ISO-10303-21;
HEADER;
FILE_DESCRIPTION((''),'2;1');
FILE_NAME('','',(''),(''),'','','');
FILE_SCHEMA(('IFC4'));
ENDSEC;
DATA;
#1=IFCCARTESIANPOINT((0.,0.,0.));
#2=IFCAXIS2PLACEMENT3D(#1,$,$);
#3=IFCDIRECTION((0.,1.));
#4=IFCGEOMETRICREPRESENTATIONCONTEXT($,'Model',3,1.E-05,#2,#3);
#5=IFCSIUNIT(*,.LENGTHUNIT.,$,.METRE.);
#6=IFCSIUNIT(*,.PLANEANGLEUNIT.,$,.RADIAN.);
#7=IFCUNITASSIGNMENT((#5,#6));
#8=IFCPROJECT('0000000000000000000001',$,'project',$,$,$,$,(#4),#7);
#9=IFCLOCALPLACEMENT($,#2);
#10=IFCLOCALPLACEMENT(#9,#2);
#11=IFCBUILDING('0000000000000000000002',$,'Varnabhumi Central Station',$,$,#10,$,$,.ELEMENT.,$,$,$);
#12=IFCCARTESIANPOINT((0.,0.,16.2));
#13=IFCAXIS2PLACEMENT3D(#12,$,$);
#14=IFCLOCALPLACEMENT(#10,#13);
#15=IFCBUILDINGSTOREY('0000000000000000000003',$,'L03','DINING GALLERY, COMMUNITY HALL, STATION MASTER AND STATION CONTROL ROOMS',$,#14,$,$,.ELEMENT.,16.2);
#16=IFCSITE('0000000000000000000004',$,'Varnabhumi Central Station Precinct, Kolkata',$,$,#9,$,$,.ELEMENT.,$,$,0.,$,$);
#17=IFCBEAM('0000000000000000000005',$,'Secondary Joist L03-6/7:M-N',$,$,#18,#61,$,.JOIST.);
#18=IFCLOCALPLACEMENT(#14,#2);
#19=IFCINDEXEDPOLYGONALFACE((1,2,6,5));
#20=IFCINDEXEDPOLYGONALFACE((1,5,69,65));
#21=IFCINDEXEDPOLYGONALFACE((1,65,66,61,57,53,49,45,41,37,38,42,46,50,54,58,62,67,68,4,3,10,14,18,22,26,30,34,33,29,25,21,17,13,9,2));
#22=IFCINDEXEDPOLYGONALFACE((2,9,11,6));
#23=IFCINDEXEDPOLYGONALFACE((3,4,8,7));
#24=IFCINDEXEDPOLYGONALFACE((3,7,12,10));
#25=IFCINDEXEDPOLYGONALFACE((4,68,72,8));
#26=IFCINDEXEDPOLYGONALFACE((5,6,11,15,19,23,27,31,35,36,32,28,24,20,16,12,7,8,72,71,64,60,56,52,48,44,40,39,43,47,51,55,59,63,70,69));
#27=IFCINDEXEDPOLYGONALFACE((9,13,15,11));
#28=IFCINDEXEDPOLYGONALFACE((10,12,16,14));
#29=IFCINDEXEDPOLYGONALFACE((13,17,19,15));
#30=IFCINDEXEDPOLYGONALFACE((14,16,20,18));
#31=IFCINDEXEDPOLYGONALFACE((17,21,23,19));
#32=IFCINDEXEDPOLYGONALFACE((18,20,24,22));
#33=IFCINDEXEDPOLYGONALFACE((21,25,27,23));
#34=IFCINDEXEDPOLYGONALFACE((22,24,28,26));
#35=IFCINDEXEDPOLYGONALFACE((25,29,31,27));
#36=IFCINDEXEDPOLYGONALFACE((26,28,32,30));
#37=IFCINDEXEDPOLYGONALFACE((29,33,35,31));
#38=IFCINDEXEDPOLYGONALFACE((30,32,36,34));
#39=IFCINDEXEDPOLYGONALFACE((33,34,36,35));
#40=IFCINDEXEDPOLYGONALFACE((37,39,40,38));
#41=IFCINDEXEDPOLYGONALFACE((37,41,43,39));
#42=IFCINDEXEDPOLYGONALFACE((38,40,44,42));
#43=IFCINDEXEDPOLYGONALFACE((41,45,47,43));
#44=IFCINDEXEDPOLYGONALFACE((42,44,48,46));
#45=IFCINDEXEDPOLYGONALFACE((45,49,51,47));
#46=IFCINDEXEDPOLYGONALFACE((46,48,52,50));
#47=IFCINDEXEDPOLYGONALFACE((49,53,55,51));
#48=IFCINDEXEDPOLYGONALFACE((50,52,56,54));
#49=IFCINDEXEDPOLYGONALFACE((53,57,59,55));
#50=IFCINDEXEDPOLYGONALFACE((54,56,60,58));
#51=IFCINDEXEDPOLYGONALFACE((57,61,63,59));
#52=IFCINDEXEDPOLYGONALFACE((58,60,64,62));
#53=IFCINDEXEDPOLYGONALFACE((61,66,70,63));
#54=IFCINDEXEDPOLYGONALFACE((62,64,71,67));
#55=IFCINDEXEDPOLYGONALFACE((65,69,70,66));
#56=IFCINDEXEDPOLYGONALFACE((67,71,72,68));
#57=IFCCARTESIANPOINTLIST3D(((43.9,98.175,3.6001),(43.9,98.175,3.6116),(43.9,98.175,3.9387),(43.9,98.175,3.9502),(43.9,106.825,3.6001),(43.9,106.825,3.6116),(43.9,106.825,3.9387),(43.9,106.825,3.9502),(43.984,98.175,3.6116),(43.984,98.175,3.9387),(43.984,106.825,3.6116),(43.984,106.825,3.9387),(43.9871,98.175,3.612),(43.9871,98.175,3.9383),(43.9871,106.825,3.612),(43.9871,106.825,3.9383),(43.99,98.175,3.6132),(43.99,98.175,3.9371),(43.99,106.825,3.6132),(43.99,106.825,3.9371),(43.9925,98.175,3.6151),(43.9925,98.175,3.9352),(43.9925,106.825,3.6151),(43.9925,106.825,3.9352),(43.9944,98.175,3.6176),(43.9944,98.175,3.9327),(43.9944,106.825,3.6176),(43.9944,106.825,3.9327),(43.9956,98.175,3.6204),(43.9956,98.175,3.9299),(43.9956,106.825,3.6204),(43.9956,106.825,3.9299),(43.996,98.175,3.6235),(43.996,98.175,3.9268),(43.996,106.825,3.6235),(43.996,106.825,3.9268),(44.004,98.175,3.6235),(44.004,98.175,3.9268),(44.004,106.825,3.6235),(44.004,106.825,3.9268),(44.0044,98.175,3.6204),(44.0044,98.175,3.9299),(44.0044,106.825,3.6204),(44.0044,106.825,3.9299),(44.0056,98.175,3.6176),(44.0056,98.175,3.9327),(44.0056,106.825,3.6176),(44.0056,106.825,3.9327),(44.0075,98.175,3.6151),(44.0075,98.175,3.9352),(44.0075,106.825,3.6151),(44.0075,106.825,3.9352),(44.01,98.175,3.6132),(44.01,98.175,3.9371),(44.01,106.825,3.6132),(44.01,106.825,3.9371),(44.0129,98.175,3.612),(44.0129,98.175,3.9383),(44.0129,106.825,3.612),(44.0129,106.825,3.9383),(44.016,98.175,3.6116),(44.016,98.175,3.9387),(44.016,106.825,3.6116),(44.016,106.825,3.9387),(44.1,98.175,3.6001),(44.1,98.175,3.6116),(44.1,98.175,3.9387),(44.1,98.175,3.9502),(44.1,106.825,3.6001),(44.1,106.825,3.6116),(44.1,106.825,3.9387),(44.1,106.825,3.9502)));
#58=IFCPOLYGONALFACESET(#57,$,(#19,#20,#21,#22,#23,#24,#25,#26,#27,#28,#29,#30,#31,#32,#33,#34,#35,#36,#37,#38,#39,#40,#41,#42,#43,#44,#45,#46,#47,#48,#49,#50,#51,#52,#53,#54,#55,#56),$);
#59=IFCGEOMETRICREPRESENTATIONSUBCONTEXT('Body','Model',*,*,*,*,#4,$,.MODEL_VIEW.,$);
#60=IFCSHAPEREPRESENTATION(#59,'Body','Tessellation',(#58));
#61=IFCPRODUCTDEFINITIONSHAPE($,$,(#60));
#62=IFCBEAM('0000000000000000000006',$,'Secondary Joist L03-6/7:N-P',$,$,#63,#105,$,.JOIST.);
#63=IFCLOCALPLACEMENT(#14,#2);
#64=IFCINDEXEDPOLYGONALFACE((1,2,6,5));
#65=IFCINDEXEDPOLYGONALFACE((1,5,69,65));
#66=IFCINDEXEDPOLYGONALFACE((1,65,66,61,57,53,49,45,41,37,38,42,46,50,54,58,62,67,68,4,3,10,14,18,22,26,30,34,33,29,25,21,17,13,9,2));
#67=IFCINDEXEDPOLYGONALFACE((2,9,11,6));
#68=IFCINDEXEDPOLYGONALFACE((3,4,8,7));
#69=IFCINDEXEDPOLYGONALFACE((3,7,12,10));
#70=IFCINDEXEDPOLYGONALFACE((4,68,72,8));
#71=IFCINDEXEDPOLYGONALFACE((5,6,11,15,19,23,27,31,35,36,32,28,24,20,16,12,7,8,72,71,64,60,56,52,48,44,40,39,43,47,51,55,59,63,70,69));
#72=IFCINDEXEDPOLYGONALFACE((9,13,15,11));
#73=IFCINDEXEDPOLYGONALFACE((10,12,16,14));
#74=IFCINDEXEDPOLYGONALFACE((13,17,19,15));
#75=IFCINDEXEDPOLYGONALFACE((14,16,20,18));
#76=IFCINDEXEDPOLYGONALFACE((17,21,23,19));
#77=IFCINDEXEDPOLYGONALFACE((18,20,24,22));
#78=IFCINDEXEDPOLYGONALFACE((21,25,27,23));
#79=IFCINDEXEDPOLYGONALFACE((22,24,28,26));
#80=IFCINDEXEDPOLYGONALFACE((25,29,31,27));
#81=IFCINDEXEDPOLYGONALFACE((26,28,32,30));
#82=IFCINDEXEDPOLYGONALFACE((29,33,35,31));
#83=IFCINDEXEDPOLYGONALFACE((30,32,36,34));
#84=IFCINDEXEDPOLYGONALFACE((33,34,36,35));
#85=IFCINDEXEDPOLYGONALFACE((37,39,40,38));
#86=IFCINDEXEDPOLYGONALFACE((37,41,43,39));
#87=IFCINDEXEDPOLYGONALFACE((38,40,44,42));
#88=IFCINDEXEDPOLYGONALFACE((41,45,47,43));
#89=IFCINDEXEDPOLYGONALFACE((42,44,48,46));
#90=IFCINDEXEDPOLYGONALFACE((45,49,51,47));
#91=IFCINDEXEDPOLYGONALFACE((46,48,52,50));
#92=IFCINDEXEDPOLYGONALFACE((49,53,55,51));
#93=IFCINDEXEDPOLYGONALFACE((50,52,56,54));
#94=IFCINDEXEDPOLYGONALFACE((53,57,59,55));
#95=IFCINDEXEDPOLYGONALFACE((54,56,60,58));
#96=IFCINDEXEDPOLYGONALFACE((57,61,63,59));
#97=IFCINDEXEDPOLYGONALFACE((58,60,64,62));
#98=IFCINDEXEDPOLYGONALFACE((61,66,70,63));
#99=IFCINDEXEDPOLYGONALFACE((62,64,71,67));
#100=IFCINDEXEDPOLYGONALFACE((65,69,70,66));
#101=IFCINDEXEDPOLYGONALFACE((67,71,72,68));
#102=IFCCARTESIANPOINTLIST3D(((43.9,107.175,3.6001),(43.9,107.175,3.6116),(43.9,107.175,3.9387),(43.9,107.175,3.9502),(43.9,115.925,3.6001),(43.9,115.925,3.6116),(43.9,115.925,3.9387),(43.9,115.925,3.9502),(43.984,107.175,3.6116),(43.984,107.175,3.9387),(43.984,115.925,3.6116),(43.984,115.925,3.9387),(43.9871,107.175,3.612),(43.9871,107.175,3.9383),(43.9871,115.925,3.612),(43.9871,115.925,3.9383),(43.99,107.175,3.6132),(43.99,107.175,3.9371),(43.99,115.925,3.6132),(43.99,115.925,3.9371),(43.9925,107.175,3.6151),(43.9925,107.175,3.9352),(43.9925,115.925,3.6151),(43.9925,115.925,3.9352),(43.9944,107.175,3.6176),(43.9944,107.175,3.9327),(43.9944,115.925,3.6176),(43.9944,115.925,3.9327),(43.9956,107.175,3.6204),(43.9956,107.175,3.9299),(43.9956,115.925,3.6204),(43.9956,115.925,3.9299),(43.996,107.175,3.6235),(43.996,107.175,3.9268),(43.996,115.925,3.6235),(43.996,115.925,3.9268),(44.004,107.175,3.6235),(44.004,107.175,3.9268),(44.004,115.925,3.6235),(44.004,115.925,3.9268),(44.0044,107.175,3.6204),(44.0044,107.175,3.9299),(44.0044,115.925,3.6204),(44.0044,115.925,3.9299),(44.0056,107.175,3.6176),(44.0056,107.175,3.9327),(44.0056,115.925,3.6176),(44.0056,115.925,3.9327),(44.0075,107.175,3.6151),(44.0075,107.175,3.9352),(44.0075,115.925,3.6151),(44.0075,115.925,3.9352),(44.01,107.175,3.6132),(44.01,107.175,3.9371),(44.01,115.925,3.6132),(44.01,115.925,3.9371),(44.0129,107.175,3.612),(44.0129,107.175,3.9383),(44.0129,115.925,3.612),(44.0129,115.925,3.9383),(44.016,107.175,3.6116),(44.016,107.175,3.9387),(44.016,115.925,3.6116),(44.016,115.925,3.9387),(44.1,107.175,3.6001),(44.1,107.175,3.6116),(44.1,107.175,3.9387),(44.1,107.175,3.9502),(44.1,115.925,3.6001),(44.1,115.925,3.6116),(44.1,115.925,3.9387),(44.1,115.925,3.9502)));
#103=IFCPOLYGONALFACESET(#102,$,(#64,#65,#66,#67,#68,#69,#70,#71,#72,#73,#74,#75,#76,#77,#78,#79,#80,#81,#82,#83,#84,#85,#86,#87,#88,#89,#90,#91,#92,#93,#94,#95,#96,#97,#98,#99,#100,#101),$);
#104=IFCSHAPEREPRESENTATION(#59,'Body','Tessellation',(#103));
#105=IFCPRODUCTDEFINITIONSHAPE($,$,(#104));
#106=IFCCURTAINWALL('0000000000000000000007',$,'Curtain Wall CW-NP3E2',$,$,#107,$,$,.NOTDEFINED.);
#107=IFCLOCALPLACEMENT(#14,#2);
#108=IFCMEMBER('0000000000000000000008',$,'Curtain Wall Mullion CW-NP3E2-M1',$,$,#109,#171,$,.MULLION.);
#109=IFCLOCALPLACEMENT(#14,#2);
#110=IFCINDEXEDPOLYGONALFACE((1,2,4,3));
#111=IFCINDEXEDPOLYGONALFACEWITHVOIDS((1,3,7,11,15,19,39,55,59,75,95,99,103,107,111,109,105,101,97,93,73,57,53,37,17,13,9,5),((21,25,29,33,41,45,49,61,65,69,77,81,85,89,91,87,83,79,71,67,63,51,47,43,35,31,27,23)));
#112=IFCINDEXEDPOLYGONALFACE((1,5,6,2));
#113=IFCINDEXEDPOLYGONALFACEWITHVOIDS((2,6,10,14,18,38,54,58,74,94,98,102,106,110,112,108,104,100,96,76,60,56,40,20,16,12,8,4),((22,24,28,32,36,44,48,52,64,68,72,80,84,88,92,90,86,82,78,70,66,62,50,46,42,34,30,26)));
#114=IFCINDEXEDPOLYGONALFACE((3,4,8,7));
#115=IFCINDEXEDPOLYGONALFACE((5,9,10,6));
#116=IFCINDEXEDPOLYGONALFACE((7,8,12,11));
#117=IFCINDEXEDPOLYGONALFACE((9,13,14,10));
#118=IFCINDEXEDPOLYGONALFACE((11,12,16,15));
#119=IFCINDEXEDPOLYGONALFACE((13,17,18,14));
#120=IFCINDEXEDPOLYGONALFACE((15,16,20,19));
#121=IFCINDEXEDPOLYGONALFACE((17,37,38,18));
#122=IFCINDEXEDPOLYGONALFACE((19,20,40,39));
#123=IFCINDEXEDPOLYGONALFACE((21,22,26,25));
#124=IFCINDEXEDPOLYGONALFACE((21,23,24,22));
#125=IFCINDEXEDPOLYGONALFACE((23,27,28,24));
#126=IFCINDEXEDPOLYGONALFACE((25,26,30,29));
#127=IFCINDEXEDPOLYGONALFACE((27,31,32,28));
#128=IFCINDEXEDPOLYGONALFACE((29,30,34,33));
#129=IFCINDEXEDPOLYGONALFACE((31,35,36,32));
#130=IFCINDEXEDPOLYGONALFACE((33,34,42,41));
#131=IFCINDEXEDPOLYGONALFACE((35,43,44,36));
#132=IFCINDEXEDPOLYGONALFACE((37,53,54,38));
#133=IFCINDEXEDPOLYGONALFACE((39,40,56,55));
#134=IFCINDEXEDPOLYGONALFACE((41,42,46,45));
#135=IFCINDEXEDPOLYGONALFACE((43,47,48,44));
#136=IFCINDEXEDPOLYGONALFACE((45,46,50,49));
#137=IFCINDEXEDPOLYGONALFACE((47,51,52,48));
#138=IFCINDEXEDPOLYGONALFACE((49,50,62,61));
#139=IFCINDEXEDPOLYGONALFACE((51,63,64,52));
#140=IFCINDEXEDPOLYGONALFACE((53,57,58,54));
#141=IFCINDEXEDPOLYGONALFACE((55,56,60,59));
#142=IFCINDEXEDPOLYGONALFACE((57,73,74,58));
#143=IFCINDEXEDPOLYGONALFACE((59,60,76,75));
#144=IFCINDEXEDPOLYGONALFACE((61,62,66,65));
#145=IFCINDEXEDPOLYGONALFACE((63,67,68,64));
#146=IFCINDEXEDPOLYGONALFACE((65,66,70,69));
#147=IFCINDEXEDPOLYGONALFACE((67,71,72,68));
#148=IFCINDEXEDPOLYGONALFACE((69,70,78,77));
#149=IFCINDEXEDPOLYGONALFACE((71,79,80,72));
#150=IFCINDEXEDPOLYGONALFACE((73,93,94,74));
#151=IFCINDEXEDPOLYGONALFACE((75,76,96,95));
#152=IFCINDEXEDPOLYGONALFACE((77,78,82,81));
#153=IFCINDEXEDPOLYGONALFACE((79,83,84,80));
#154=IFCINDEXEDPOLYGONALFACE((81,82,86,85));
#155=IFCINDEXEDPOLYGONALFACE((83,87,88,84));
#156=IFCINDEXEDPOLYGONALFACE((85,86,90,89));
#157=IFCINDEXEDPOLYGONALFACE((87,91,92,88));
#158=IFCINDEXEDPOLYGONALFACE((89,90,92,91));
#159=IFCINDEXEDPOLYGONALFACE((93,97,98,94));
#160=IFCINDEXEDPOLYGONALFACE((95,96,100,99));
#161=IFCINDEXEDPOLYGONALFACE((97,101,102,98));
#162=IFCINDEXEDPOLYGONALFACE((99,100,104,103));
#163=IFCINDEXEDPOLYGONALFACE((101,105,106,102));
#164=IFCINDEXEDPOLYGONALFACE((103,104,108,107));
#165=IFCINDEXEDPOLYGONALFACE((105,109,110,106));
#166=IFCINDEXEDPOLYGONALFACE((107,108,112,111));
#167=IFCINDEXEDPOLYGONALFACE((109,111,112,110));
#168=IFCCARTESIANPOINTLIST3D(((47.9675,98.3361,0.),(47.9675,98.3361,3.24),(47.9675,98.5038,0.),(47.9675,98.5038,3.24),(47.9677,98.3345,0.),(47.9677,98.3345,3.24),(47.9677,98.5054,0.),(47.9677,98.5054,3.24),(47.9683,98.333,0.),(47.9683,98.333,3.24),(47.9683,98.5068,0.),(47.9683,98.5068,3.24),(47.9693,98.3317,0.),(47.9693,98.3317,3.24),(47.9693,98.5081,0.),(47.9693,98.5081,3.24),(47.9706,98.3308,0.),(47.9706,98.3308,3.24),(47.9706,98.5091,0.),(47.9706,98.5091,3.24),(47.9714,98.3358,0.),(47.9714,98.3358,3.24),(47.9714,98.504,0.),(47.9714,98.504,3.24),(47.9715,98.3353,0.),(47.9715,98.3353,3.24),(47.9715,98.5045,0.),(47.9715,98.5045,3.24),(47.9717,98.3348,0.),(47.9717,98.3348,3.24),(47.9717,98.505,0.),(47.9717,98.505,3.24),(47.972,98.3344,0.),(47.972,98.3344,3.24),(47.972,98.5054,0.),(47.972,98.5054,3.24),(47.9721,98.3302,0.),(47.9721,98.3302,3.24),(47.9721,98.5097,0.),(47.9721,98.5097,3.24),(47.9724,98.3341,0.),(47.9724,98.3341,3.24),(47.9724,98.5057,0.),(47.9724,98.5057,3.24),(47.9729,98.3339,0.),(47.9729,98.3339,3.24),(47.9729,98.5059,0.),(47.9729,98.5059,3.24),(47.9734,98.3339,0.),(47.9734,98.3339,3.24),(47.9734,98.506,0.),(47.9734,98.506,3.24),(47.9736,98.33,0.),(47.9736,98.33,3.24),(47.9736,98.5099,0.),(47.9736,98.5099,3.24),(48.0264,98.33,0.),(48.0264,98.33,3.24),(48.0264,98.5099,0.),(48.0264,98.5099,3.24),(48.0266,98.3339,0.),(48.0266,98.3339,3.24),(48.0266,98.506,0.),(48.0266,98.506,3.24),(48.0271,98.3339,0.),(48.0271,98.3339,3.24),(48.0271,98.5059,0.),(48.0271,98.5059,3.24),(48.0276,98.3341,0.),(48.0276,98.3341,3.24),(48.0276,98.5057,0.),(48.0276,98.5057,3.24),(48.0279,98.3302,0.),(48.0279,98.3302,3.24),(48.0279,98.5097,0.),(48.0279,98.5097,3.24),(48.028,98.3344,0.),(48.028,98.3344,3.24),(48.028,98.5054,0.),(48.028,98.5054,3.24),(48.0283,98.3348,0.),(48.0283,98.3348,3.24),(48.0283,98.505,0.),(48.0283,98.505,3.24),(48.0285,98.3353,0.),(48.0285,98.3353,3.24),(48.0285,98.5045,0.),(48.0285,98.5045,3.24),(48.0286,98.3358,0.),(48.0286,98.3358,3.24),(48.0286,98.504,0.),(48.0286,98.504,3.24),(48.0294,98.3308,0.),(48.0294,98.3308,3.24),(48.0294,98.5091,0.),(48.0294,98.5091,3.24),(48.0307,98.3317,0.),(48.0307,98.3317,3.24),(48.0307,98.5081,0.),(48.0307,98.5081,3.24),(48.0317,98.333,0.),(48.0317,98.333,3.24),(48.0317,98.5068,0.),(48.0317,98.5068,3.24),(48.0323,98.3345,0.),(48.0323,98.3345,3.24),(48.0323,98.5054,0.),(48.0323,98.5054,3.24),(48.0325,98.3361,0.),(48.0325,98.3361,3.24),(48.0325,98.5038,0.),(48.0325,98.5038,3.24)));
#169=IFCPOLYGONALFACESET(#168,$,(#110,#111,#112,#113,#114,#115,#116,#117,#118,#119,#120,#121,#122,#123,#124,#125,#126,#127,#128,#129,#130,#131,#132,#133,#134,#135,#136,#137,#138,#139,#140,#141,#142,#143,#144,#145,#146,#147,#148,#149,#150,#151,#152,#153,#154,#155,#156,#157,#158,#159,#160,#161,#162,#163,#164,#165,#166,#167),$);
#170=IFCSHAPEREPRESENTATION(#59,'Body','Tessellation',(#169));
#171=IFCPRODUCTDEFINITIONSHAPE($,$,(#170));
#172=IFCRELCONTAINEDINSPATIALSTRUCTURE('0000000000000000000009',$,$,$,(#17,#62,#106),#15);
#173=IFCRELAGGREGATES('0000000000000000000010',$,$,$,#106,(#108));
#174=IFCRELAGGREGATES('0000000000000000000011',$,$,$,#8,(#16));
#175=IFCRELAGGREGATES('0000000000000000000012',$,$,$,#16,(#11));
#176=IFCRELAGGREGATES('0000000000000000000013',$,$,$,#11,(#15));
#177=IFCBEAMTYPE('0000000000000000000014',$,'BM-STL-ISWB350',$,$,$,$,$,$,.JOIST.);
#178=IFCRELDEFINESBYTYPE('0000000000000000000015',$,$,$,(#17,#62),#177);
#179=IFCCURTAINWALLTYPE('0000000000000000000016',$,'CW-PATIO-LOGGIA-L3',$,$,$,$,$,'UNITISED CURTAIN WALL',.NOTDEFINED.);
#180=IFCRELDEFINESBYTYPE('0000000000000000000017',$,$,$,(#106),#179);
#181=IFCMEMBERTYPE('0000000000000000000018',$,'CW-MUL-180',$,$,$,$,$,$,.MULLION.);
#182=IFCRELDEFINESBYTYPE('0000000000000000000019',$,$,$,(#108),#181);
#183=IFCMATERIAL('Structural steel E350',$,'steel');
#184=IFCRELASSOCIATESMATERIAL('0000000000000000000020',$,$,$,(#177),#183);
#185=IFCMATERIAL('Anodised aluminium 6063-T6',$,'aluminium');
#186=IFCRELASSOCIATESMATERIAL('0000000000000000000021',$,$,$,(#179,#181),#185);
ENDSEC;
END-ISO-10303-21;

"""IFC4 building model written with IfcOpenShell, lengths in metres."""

from ifc_helpers import new_model, si_unit, direction, frame, origin, origin_2d, place, context, subcontext, project, spatial, hollow_rectangle, i_section, extrude, material, material_profile, profile_set, type_object, element, aggregate, save


model = new_model("IFC4")

# Units and contexts
model_context = context("Model", 3, precision=1e-05, world=origin(), true_north=direction((0.0, 1.0)))
body_context = subcontext(model_context, "Body", "Model", "MODEL_VIEW")
ifc_project = project(units=[si_unit("LENGTHUNIT", "METRE"), si_unit("PLANEANGLEUNIT", "RADIAN")], contexts=[model_context])

# Site, building, storey
site_placement = place(None, origin())
site = spatial("IfcSite", under=ifc_project, at=site_placement, Name="Varnabhumi Central Station Precinct, Kolkata", CompositionType="ELEMENT", RefElevation=0.0)
building_placement = place(site_placement, origin())
building = spatial("IfcBuilding", under=site, at=building_placement, Name="Varnabhumi Central Station", CompositionType="ELEMENT")
storey_placement = place(building_placement, frame((0.0, 0.0, 16.2)))
storey = spatial("IfcBuildingStorey", under=building, at=storey_placement, Name="L03", Description="DINING GALLERY, COMMUNITY HALL, STATION MASTER AND STATION CONTROL ROOMS", CompositionType="ELEMENT", Elevation=16.2)

# Beams
ifc_material_1 = material(Name="Structural steel E350", Category="steel")
ifc_material_profile_1 = material_profile(ifc_material_1, i_section(OverallWidth=0.2, OverallDepth=0.3501, WebThickness=0.0081, FlangeThickness=0.0115, FilletRadius=0.012, at=origin_2d()), Name="Structural steel E350", Category="steel")
ifc_profile_set_1 = profile_set([ifc_material_profile_1], Name="Structural steel E350")
beam_type_1 = type_object("IfcBeamType", Name="BM-STL-ISWB350", PredefinedType="JOIST", material=ifc_profile_set_1)
beam_1_placement = place(storey_placement, frame((44.0, 98.175, 3.7751), z_axis=(0.0, 1.0, 0.0), x_axis=(-1.0, 0.0, 0.0)))
element("IfcBeam", 1, at=beam_1_placement, inside=storey, type_object=beam_type_1, Name="Secondary Joist L03-6/7:M-N", PredefinedType="JOIST", context=body_context, shape_type="SweptSolid", body=[
    extrude(i_section(OverallWidth=0.2, OverallDepth=0.3501, WebThickness=0.0081, FlangeThickness=0.0115, FilletRadius=0.012, at=origin_2d()), origin(), (0.0, 0.0, 1.0), 8.6499),
])
beam_2_placement = place(storey_placement, frame((44.0, 107.175, 3.7751), z_axis=(0.0, 1.0, 0.0), x_axis=(-1.0, 0.0, 0.0)))
element("IfcBeam", 2, at=beam_2_placement, inside=storey, type_object=beam_type_1, Name="Secondary Joist L03-6/7:N-P", PredefinedType="JOIST", context=body_context, shape_type="SweptSolid", body=[
    extrude(i_section(OverallWidth=0.2, OverallDepth=0.3501, WebThickness=0.0081, FlangeThickness=0.0115, FilletRadius=0.012, at=origin_2d()), origin(), (0.0, 0.0, 1.0), 8.75),
])

# Curtain wall, member
ifc_material_2 = material(Name="Anodised aluminium 6063-T6", Category="aluminium")
curtain_wall_type = type_object("IfcCurtainWallType", Name="CW-PATIO-LOGGIA-L3", ElementType="UNITISED CURTAIN WALL", PredefinedType="NOTDEFINED", material=ifc_material_2)
curtain_wall_placement = place(storey_placement, origin())
curtain_wall = element("IfcCurtainWall", 3, at=curtain_wall_placement, inside=storey, type_object=curtain_wall_type, Name="Curtain Wall CW-NP3E2", PredefinedType="NOTDEFINED")
ifc_material_profile_2 = material_profile(ifc_material_2, hollow_rectangle(XDim=0.0649, YDim=0.1799, WallThickness=0.0039, InnerFilletRadius=0.002, OuterFilletRadius=0.0061, at=origin_2d()), Name="Anodised aluminium 6063-T6", Category="aluminium")
ifc_profile_set_2 = profile_set([ifc_material_profile_2], Name="Anodised aluminium 6063-T6")
member_type_1 = type_object("IfcMemberType", Name="CW-MUL-180", PredefinedType="MULLION", material=ifc_profile_set_2)
member_1_placement = place(storey_placement, frame((48.0, 98.4199, 0.0), z_axis=(0.0, 0.0, 1.0), x_axis=(1.0, 0.0, 0.0)))
member_1 = element("IfcMember", 4, at=member_1_placement, type_object=member_type_1, Name="Curtain Wall Mullion CW-NP3E2-M1", PredefinedType="MULLION", context=body_context, shape_type="SweptSolid", body=[
    extrude(hollow_rectangle(XDim=0.0649, YDim=0.1799, WallThickness=0.0039, InnerFilletRadius=0.002, OuterFilletRadius=0.0061, at=origin_2d()), origin(), (0.0, 0.0, 1.0), 3.24),
])
aggregate(curtain_wall, [member_1])

save(model, "model.ifc")
